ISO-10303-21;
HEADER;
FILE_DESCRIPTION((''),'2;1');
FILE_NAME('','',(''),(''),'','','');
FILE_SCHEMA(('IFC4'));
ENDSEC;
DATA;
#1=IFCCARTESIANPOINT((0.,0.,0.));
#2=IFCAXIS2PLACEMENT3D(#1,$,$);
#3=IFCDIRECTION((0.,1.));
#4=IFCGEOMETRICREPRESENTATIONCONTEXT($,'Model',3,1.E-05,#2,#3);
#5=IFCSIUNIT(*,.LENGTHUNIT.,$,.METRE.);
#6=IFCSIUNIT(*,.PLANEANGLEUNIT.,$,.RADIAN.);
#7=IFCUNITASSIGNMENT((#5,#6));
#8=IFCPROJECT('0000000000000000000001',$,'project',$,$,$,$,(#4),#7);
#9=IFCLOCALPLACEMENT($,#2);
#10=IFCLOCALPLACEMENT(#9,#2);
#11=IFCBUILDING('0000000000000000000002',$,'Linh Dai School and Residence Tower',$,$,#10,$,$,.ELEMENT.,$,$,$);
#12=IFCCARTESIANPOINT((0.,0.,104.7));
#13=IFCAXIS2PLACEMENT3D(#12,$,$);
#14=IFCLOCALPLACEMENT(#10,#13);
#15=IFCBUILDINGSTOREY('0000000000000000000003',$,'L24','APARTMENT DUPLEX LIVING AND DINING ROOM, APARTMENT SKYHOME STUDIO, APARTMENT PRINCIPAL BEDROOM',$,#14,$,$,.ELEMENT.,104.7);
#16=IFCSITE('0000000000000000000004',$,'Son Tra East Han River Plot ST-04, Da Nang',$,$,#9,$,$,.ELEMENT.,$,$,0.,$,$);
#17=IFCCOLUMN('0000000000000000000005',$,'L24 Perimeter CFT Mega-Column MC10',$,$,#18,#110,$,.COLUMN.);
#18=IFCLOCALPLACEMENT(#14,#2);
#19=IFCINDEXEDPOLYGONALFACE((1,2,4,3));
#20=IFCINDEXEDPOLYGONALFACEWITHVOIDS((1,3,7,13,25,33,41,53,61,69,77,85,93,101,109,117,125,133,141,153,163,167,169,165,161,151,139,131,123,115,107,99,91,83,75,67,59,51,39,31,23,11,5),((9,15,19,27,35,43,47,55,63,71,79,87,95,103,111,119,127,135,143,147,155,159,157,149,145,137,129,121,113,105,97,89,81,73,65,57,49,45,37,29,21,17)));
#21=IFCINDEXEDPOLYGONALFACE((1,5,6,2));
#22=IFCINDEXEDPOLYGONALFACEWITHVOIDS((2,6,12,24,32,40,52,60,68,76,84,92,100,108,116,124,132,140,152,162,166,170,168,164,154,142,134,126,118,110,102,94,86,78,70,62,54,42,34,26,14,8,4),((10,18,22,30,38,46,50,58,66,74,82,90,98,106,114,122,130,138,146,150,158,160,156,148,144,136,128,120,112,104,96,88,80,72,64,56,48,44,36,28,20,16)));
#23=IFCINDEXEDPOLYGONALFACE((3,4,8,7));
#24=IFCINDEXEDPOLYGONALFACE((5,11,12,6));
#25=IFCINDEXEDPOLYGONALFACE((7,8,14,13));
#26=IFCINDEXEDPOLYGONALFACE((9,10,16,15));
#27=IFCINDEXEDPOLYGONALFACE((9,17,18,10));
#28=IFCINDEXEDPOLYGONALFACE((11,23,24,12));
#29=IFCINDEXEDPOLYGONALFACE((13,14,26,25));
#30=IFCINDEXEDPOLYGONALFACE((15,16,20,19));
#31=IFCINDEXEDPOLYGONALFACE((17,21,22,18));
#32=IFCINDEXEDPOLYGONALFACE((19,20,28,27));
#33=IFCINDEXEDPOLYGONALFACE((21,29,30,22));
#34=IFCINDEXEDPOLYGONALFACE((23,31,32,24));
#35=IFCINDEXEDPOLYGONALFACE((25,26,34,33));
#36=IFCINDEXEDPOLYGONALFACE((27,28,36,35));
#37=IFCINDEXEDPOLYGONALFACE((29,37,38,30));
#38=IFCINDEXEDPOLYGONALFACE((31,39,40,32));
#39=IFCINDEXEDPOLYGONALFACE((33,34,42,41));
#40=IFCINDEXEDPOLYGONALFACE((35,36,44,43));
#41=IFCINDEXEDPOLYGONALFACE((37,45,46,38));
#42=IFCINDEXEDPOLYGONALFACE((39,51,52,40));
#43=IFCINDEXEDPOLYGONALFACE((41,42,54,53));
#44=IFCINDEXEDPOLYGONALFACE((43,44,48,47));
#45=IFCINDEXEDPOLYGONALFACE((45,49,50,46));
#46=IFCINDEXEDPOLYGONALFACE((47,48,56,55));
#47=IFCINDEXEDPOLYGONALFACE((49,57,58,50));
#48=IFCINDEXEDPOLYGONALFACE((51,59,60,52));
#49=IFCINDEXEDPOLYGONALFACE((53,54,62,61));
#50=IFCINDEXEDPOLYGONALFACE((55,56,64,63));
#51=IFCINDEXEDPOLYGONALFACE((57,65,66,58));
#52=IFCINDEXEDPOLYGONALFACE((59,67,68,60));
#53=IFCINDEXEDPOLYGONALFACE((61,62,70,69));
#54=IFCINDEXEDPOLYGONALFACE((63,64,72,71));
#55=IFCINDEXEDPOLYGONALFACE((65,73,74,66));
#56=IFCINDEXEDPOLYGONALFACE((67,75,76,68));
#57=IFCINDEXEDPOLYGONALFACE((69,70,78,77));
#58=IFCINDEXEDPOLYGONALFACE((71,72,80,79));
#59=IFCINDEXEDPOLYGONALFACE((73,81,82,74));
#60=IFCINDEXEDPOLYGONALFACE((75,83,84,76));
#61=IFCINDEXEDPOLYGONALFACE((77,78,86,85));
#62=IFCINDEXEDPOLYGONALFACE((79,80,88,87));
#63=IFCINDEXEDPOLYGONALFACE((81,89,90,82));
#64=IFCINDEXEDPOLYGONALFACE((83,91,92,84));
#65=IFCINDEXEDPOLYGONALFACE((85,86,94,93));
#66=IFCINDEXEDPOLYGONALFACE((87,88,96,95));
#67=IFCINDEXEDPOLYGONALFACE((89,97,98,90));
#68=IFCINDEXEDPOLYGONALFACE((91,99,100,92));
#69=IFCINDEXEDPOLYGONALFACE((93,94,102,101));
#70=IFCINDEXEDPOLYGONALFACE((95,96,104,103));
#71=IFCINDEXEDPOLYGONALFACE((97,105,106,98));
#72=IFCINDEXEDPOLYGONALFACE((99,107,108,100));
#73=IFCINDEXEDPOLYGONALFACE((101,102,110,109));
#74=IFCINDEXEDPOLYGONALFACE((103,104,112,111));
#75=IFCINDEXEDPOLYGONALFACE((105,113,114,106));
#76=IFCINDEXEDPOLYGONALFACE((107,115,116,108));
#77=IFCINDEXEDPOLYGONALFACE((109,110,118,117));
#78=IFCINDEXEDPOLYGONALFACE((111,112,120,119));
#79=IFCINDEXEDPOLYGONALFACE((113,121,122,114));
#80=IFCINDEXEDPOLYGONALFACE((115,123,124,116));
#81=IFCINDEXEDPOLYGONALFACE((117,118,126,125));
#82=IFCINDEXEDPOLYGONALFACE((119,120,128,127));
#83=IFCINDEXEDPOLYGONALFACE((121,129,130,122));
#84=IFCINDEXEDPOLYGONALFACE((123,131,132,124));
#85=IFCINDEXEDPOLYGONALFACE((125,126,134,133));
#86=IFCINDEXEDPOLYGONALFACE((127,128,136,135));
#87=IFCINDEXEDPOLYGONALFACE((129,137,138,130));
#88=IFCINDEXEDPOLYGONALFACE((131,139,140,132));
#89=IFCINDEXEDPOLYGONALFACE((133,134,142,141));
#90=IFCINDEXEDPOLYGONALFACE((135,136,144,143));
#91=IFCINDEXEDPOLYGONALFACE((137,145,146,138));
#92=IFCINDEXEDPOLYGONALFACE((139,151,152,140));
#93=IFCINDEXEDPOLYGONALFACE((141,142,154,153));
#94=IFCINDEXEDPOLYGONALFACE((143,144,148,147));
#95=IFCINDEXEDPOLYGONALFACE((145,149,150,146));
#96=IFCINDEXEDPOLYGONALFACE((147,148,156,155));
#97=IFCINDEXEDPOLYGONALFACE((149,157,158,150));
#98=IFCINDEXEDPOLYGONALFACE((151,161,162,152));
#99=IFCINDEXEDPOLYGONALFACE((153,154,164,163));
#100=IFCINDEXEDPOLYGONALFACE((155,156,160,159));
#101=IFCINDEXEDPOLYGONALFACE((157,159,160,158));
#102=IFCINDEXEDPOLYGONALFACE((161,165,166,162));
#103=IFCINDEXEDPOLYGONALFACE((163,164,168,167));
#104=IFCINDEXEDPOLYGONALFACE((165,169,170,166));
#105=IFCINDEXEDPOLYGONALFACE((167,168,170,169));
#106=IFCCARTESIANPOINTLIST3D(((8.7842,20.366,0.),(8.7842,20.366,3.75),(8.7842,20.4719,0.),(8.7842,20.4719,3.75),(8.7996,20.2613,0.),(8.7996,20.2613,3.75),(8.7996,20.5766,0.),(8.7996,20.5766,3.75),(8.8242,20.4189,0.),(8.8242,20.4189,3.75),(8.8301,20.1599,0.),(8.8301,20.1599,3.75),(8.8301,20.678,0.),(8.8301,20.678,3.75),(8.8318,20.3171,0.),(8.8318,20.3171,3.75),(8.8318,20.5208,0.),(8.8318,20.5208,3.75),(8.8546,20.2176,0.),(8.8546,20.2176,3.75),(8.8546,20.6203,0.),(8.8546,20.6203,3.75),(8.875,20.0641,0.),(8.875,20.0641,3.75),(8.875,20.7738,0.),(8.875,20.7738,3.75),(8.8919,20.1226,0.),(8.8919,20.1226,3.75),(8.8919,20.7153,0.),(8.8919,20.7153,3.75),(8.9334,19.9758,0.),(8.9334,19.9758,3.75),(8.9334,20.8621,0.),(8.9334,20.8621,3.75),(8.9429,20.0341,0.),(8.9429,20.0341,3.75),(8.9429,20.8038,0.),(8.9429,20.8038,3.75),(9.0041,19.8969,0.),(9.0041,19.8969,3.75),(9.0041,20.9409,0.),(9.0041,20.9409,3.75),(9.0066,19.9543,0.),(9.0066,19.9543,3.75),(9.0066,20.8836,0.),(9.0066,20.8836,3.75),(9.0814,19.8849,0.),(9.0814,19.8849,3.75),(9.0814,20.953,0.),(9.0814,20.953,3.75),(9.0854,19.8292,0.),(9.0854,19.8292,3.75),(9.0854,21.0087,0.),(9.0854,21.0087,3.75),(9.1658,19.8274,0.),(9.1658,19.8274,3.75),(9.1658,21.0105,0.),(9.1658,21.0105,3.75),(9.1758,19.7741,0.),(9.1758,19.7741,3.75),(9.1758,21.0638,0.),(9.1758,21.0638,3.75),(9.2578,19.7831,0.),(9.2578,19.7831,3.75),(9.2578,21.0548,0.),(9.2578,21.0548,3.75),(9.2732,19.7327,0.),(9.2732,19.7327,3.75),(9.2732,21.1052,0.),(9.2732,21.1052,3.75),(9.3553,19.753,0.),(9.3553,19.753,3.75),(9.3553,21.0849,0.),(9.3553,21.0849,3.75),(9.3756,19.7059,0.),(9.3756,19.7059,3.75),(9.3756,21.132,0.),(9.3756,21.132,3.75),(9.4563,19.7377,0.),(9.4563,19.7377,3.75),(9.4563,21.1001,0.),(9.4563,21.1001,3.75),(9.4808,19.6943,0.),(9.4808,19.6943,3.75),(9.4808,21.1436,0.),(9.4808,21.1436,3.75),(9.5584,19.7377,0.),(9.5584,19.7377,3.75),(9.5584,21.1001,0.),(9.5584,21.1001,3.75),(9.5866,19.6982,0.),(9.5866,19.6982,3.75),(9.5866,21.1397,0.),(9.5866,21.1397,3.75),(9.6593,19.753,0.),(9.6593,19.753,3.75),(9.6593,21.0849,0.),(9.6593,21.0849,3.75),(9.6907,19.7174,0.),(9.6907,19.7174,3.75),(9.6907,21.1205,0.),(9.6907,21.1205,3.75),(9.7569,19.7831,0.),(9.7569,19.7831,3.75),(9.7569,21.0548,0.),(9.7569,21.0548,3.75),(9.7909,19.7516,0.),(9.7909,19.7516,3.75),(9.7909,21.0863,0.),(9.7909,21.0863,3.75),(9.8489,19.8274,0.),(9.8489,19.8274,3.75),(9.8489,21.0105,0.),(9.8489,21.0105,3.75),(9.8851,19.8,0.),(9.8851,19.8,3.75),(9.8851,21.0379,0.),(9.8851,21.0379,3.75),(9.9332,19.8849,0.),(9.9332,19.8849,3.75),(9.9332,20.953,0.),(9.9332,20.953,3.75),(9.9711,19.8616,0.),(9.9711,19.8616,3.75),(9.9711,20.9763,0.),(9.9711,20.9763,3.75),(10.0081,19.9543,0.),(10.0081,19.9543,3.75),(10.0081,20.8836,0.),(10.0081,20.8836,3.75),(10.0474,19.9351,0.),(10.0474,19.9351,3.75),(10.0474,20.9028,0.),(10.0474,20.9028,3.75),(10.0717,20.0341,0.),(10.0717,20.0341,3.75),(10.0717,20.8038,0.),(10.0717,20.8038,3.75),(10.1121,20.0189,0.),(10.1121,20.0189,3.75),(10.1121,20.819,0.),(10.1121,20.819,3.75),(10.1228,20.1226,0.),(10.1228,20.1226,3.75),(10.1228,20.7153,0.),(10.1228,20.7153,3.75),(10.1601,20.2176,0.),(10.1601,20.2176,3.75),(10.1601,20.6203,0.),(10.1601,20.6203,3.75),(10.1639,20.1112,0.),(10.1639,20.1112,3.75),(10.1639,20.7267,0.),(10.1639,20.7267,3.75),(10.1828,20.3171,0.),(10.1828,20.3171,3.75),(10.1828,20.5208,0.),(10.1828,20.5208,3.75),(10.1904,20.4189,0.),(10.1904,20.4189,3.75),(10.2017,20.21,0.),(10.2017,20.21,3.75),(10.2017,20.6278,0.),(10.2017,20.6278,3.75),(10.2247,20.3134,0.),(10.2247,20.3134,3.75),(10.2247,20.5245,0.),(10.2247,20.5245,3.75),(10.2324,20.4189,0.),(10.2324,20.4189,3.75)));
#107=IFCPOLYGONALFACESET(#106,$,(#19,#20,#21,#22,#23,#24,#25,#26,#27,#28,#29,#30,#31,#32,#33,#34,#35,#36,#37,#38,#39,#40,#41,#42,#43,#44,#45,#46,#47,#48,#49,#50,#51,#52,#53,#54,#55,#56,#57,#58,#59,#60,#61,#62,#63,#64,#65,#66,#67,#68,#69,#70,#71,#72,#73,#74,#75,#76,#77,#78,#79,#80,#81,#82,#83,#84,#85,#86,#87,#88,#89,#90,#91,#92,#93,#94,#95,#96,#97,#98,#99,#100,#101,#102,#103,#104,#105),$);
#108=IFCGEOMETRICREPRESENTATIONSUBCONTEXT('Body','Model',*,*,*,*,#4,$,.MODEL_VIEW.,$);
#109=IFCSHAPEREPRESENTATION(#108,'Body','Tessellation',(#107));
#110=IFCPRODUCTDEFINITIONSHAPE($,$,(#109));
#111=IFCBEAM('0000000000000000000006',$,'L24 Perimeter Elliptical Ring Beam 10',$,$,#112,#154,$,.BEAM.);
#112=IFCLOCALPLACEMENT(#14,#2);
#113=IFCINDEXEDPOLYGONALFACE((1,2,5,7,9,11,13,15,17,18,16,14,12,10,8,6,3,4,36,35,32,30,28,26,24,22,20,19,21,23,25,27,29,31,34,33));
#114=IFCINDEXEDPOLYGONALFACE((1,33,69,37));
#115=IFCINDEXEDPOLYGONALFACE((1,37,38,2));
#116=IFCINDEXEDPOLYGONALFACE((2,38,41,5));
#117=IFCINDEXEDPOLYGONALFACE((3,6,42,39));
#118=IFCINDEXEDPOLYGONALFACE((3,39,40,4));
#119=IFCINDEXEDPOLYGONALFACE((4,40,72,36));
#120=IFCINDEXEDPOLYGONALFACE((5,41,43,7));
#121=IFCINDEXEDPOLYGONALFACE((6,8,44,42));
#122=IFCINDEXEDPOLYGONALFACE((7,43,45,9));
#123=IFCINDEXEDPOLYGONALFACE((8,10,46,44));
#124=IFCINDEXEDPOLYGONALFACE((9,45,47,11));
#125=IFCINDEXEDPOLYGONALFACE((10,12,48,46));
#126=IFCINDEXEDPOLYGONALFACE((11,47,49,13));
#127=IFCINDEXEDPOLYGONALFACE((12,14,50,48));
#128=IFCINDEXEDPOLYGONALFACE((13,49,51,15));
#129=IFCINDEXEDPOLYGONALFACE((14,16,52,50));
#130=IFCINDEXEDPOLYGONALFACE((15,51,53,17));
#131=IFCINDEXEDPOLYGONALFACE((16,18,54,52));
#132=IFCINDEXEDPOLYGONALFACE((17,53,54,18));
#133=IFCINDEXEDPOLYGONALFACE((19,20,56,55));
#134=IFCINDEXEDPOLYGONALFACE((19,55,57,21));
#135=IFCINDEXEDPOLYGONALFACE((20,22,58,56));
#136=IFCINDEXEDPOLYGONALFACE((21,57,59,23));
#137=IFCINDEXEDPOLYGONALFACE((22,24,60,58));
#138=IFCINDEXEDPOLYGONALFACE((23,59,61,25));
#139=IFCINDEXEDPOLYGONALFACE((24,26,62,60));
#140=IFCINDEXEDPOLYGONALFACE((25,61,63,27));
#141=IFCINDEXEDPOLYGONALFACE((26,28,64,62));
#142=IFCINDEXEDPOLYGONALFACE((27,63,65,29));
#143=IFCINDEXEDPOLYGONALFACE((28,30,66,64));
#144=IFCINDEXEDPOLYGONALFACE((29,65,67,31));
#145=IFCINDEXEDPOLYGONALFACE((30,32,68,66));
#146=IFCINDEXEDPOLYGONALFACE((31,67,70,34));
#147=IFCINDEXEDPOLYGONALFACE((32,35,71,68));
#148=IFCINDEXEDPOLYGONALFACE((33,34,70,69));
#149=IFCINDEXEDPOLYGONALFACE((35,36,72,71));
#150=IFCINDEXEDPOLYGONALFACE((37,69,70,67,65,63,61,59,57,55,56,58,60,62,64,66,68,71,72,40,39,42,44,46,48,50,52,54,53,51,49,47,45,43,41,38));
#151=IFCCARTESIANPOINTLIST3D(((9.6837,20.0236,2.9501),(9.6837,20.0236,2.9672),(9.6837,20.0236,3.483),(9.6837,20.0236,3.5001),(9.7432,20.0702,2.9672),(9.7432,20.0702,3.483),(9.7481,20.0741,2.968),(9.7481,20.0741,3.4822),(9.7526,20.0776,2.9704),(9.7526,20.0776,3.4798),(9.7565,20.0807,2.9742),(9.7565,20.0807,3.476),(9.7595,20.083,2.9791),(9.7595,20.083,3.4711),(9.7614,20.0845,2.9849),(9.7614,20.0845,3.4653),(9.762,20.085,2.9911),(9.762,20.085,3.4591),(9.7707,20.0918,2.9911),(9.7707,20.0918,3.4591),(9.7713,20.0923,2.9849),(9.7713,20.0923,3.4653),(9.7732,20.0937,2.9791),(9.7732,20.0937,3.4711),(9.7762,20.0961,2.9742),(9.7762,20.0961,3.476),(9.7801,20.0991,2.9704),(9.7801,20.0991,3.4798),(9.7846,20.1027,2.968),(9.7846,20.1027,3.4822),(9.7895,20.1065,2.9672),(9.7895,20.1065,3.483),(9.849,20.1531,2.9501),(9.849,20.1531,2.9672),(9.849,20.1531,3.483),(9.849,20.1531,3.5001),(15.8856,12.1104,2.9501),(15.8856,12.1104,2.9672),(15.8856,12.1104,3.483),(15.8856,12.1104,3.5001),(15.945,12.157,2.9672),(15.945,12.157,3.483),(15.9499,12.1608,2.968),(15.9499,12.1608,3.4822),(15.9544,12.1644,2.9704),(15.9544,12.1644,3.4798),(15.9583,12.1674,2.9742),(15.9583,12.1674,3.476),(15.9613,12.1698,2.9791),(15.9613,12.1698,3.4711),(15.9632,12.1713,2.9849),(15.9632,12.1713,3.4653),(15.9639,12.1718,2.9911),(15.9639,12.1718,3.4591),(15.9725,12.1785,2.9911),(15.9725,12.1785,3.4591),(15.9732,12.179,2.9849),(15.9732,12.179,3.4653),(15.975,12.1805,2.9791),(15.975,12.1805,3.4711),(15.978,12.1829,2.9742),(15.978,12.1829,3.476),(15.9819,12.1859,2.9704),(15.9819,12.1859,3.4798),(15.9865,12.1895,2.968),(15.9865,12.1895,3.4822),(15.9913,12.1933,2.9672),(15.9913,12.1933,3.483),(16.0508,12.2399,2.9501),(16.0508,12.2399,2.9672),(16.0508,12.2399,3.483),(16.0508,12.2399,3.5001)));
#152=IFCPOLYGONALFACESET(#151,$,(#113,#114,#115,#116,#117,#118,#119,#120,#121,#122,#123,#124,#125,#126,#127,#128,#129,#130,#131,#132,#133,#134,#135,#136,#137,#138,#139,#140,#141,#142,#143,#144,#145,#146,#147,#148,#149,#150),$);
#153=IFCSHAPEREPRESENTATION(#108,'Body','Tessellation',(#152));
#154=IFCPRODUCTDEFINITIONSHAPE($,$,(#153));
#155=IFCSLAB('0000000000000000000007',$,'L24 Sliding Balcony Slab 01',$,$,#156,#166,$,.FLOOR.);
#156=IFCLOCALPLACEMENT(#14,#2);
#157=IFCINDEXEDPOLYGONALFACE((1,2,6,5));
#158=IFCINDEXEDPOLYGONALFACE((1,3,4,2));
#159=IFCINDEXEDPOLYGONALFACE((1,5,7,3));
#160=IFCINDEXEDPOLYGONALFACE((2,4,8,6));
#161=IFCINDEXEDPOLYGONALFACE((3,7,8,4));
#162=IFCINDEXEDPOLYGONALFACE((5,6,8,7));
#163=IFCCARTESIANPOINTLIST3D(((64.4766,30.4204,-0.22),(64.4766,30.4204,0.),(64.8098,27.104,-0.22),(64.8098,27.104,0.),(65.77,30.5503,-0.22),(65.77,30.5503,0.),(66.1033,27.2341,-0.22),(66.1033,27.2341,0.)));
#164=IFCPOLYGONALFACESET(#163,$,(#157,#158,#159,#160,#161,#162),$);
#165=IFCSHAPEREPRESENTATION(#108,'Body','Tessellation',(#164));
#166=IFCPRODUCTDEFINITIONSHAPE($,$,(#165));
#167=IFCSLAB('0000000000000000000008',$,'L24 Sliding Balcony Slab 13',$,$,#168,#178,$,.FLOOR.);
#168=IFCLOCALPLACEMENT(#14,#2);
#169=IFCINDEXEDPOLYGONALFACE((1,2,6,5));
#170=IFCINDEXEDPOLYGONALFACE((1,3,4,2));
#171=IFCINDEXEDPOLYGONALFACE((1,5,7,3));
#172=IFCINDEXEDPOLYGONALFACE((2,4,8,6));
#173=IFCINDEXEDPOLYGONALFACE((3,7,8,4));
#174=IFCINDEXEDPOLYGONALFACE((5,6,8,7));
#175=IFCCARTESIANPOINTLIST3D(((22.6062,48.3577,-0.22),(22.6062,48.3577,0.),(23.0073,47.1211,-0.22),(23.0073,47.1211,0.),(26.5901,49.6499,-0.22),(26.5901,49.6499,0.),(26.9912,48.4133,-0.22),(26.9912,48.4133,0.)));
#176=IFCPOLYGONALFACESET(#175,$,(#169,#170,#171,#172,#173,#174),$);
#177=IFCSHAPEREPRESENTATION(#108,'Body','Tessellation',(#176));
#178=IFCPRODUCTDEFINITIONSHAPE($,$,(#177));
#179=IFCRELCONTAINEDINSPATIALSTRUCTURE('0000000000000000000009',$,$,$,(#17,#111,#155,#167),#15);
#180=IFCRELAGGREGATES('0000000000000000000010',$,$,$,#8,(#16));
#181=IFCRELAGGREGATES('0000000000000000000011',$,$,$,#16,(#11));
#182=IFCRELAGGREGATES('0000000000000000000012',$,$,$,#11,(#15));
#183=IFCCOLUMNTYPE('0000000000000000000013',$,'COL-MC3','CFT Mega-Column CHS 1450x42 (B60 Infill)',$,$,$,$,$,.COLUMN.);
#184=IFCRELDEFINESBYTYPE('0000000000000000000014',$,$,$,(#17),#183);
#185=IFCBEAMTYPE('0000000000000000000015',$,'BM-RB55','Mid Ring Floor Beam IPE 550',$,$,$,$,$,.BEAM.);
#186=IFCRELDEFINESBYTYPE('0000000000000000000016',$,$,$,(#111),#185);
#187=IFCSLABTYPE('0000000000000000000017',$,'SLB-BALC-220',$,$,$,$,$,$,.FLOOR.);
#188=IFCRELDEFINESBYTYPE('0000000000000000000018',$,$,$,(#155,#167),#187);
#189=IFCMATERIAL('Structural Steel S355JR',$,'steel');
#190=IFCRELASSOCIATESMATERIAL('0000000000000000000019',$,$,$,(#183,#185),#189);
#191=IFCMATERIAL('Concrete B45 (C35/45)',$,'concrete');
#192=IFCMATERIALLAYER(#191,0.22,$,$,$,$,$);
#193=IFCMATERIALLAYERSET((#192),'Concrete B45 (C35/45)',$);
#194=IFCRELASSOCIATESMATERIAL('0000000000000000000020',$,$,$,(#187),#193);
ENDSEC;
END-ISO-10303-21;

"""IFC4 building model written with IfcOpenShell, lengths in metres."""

from ifc_helpers import new_model, si_unit, direction, frame, origin, origin_2d, place, context, subcontext, project, spatial, polyline, hollow_circle, i_section, outline, extrude, material, layer, layer_set, material_profile, profile_set, type_object, element, save


model = new_model("IFC4")

# Units and contexts
model_context = context("Model", 3, precision=1e-05, world=origin(), true_north=direction((0.0, 1.0)))
body_context = subcontext(model_context, "Body", "Model", "MODEL_VIEW")
ifc_project = project(units=[si_unit("LENGTHUNIT", "METRE"), si_unit("PLANEANGLEUNIT", "RADIAN")], contexts=[model_context])

# Site, building, storey
site_placement = place(None, origin())
site = spatial("IfcSite", under=ifc_project, at=site_placement, Name="Son Tra East Han River Plot ST-04, Da Nang", CompositionType="ELEMENT", RefElevation=0.0)
building_placement = place(site_placement, origin())
building = spatial("IfcBuilding", under=site, at=building_placement, Name="Linh Dai School and Residence Tower", CompositionType="ELEMENT")
storey_placement = place(building_placement, frame((0.0, 0.0, 104.7)))
storey = spatial("IfcBuildingStorey", under=building, at=storey_placement, Name="L24", Description="APARTMENT DUPLEX LIVING AND DINING ROOM, APARTMENT SKYHOME STUDIO, APARTMENT PRINCIPAL BEDROOM", CompositionType="ELEMENT", Elevation=104.7)

# Column
ifc_material_1 = material(Name="Structural Steel S355JR", Category="steel")
ifc_material_profile_1 = material_profile(ifc_material_1, hollow_circle(Radius=0.7251, WallThickness=0.042, at=origin_2d()), Name="CHS 1450x42")
ifc_profile_set_1 = profile_set([ifc_material_profile_1], Name="Structural Steel S355JR")
column_type = type_object("IfcColumnType", Name="COL-MC3", Description="CFT Mega-Column CHS 1450x42 (B60 Infill)", PredefinedType="COLUMN", material=ifc_profile_set_1)
column_placement = place(storey_placement, frame((9.5073, 20.4189, 0.0), z_axis=(0.0, 0.0, 1.0), x_axis=(1.0, 0.0, 0.0)))
element("IfcColumn", 1, at=column_placement, inside=storey, type_object=column_type, Name="L24 Perimeter CFT Mega-Column MC10", PredefinedType="COLUMN", context=body_context, shape_type="SweptSolid", body=[
    extrude(hollow_circle(Radius=0.7251, WallThickness=0.042, at=origin_2d()), origin(), (0.0, 0.0, 1.0), 3.75),
])

# Beam
ifc_material_profile_2 = material_profile(ifc_material_1, i_section(OverallWidth=0.21, OverallDepth=0.55, WebThickness=0.011, FlangeThickness=0.0171, FilletRadius=0.0239, at=origin_2d()), Name="IPE 550")
ifc_profile_set_2 = profile_set([ifc_material_profile_2], Name="Structural Steel S355JR")
beam_type = type_object("IfcBeamType", Name="BM-RB55", Description="Mid Ring Floor Beam IPE 550", PredefinedType="BEAM", material=ifc_profile_set_2)
beam_placement = place(storey_placement, frame((9.7664, 20.0884, 3.2251), z_axis=(0.616855, -0.787077, 0.0), x_axis=(0.787077, 0.616855, 0.0)))
element("IfcBeam", 2, at=beam_placement, inside=storey, type_object=beam_type, Name="L24 Perimeter Elliptical Ring Beam 10", PredefinedType="BEAM", context=body_context, shape_type="SweptSolid", body=[
    extrude(i_section(OverallWidth=0.21, OverallDepth=0.55, WebThickness=0.011, FlangeThickness=0.0171, FilletRadius=0.0239, at=origin_2d()), origin(), (0.0, 0.0, 1.0), 10.054),
])

# Slabs
ifc_material_2 = material(Name="Concrete B45 (C35/45)", Category="concrete")
ifc_layer_1 = layer(ifc_material_2, 0.22)
ifc_layer_set_1 = layer_set([ifc_layer_1], Name="Concrete B45 (C35/45)")
slab_type_1 = type_object("IfcSlabType", Name="SLB-BALC-220", PredefinedType="FLOOR", material=ifc_layer_set_1)
slab_1_placement = place(storey_placement, frame((0.0, 0.0, -0.22)))
element("IfcSlab", 3, at=slab_1_placement, inside=storey, type_object=slab_type_1, Name="L24 Sliding Balcony Slab 01", PredefinedType="FLOOR", context=body_context, shape_type="SweptSolid", body=[
    extrude(outline(polyline([(64.4766, 30.4204), (64.8098, 27.104), (66.1033, 27.2341), (65.77, 30.5503), (64.4766, 30.4204)])), origin(), (0.0, 0.0, 1.0), 0.22),
])
slab_2_placement = place(storey_placement, frame((0.0, 0.0, -0.22)))
element("IfcSlab", 4, at=slab_2_placement, inside=storey, type_object=slab_type_1, Name="L24 Sliding Balcony Slab 13", PredefinedType="FLOOR", context=body_context, shape_type="SweptSolid", body=[
    extrude(outline(polyline([(23.0073, 47.1211), (26.9912, 48.4133), (26.5901, 49.6499), (22.6062, 48.3577), (23.0073, 47.1211)])), origin(), (0.0, 0.0, 1.0), 0.22),
])

save(model, "model.ifc")
